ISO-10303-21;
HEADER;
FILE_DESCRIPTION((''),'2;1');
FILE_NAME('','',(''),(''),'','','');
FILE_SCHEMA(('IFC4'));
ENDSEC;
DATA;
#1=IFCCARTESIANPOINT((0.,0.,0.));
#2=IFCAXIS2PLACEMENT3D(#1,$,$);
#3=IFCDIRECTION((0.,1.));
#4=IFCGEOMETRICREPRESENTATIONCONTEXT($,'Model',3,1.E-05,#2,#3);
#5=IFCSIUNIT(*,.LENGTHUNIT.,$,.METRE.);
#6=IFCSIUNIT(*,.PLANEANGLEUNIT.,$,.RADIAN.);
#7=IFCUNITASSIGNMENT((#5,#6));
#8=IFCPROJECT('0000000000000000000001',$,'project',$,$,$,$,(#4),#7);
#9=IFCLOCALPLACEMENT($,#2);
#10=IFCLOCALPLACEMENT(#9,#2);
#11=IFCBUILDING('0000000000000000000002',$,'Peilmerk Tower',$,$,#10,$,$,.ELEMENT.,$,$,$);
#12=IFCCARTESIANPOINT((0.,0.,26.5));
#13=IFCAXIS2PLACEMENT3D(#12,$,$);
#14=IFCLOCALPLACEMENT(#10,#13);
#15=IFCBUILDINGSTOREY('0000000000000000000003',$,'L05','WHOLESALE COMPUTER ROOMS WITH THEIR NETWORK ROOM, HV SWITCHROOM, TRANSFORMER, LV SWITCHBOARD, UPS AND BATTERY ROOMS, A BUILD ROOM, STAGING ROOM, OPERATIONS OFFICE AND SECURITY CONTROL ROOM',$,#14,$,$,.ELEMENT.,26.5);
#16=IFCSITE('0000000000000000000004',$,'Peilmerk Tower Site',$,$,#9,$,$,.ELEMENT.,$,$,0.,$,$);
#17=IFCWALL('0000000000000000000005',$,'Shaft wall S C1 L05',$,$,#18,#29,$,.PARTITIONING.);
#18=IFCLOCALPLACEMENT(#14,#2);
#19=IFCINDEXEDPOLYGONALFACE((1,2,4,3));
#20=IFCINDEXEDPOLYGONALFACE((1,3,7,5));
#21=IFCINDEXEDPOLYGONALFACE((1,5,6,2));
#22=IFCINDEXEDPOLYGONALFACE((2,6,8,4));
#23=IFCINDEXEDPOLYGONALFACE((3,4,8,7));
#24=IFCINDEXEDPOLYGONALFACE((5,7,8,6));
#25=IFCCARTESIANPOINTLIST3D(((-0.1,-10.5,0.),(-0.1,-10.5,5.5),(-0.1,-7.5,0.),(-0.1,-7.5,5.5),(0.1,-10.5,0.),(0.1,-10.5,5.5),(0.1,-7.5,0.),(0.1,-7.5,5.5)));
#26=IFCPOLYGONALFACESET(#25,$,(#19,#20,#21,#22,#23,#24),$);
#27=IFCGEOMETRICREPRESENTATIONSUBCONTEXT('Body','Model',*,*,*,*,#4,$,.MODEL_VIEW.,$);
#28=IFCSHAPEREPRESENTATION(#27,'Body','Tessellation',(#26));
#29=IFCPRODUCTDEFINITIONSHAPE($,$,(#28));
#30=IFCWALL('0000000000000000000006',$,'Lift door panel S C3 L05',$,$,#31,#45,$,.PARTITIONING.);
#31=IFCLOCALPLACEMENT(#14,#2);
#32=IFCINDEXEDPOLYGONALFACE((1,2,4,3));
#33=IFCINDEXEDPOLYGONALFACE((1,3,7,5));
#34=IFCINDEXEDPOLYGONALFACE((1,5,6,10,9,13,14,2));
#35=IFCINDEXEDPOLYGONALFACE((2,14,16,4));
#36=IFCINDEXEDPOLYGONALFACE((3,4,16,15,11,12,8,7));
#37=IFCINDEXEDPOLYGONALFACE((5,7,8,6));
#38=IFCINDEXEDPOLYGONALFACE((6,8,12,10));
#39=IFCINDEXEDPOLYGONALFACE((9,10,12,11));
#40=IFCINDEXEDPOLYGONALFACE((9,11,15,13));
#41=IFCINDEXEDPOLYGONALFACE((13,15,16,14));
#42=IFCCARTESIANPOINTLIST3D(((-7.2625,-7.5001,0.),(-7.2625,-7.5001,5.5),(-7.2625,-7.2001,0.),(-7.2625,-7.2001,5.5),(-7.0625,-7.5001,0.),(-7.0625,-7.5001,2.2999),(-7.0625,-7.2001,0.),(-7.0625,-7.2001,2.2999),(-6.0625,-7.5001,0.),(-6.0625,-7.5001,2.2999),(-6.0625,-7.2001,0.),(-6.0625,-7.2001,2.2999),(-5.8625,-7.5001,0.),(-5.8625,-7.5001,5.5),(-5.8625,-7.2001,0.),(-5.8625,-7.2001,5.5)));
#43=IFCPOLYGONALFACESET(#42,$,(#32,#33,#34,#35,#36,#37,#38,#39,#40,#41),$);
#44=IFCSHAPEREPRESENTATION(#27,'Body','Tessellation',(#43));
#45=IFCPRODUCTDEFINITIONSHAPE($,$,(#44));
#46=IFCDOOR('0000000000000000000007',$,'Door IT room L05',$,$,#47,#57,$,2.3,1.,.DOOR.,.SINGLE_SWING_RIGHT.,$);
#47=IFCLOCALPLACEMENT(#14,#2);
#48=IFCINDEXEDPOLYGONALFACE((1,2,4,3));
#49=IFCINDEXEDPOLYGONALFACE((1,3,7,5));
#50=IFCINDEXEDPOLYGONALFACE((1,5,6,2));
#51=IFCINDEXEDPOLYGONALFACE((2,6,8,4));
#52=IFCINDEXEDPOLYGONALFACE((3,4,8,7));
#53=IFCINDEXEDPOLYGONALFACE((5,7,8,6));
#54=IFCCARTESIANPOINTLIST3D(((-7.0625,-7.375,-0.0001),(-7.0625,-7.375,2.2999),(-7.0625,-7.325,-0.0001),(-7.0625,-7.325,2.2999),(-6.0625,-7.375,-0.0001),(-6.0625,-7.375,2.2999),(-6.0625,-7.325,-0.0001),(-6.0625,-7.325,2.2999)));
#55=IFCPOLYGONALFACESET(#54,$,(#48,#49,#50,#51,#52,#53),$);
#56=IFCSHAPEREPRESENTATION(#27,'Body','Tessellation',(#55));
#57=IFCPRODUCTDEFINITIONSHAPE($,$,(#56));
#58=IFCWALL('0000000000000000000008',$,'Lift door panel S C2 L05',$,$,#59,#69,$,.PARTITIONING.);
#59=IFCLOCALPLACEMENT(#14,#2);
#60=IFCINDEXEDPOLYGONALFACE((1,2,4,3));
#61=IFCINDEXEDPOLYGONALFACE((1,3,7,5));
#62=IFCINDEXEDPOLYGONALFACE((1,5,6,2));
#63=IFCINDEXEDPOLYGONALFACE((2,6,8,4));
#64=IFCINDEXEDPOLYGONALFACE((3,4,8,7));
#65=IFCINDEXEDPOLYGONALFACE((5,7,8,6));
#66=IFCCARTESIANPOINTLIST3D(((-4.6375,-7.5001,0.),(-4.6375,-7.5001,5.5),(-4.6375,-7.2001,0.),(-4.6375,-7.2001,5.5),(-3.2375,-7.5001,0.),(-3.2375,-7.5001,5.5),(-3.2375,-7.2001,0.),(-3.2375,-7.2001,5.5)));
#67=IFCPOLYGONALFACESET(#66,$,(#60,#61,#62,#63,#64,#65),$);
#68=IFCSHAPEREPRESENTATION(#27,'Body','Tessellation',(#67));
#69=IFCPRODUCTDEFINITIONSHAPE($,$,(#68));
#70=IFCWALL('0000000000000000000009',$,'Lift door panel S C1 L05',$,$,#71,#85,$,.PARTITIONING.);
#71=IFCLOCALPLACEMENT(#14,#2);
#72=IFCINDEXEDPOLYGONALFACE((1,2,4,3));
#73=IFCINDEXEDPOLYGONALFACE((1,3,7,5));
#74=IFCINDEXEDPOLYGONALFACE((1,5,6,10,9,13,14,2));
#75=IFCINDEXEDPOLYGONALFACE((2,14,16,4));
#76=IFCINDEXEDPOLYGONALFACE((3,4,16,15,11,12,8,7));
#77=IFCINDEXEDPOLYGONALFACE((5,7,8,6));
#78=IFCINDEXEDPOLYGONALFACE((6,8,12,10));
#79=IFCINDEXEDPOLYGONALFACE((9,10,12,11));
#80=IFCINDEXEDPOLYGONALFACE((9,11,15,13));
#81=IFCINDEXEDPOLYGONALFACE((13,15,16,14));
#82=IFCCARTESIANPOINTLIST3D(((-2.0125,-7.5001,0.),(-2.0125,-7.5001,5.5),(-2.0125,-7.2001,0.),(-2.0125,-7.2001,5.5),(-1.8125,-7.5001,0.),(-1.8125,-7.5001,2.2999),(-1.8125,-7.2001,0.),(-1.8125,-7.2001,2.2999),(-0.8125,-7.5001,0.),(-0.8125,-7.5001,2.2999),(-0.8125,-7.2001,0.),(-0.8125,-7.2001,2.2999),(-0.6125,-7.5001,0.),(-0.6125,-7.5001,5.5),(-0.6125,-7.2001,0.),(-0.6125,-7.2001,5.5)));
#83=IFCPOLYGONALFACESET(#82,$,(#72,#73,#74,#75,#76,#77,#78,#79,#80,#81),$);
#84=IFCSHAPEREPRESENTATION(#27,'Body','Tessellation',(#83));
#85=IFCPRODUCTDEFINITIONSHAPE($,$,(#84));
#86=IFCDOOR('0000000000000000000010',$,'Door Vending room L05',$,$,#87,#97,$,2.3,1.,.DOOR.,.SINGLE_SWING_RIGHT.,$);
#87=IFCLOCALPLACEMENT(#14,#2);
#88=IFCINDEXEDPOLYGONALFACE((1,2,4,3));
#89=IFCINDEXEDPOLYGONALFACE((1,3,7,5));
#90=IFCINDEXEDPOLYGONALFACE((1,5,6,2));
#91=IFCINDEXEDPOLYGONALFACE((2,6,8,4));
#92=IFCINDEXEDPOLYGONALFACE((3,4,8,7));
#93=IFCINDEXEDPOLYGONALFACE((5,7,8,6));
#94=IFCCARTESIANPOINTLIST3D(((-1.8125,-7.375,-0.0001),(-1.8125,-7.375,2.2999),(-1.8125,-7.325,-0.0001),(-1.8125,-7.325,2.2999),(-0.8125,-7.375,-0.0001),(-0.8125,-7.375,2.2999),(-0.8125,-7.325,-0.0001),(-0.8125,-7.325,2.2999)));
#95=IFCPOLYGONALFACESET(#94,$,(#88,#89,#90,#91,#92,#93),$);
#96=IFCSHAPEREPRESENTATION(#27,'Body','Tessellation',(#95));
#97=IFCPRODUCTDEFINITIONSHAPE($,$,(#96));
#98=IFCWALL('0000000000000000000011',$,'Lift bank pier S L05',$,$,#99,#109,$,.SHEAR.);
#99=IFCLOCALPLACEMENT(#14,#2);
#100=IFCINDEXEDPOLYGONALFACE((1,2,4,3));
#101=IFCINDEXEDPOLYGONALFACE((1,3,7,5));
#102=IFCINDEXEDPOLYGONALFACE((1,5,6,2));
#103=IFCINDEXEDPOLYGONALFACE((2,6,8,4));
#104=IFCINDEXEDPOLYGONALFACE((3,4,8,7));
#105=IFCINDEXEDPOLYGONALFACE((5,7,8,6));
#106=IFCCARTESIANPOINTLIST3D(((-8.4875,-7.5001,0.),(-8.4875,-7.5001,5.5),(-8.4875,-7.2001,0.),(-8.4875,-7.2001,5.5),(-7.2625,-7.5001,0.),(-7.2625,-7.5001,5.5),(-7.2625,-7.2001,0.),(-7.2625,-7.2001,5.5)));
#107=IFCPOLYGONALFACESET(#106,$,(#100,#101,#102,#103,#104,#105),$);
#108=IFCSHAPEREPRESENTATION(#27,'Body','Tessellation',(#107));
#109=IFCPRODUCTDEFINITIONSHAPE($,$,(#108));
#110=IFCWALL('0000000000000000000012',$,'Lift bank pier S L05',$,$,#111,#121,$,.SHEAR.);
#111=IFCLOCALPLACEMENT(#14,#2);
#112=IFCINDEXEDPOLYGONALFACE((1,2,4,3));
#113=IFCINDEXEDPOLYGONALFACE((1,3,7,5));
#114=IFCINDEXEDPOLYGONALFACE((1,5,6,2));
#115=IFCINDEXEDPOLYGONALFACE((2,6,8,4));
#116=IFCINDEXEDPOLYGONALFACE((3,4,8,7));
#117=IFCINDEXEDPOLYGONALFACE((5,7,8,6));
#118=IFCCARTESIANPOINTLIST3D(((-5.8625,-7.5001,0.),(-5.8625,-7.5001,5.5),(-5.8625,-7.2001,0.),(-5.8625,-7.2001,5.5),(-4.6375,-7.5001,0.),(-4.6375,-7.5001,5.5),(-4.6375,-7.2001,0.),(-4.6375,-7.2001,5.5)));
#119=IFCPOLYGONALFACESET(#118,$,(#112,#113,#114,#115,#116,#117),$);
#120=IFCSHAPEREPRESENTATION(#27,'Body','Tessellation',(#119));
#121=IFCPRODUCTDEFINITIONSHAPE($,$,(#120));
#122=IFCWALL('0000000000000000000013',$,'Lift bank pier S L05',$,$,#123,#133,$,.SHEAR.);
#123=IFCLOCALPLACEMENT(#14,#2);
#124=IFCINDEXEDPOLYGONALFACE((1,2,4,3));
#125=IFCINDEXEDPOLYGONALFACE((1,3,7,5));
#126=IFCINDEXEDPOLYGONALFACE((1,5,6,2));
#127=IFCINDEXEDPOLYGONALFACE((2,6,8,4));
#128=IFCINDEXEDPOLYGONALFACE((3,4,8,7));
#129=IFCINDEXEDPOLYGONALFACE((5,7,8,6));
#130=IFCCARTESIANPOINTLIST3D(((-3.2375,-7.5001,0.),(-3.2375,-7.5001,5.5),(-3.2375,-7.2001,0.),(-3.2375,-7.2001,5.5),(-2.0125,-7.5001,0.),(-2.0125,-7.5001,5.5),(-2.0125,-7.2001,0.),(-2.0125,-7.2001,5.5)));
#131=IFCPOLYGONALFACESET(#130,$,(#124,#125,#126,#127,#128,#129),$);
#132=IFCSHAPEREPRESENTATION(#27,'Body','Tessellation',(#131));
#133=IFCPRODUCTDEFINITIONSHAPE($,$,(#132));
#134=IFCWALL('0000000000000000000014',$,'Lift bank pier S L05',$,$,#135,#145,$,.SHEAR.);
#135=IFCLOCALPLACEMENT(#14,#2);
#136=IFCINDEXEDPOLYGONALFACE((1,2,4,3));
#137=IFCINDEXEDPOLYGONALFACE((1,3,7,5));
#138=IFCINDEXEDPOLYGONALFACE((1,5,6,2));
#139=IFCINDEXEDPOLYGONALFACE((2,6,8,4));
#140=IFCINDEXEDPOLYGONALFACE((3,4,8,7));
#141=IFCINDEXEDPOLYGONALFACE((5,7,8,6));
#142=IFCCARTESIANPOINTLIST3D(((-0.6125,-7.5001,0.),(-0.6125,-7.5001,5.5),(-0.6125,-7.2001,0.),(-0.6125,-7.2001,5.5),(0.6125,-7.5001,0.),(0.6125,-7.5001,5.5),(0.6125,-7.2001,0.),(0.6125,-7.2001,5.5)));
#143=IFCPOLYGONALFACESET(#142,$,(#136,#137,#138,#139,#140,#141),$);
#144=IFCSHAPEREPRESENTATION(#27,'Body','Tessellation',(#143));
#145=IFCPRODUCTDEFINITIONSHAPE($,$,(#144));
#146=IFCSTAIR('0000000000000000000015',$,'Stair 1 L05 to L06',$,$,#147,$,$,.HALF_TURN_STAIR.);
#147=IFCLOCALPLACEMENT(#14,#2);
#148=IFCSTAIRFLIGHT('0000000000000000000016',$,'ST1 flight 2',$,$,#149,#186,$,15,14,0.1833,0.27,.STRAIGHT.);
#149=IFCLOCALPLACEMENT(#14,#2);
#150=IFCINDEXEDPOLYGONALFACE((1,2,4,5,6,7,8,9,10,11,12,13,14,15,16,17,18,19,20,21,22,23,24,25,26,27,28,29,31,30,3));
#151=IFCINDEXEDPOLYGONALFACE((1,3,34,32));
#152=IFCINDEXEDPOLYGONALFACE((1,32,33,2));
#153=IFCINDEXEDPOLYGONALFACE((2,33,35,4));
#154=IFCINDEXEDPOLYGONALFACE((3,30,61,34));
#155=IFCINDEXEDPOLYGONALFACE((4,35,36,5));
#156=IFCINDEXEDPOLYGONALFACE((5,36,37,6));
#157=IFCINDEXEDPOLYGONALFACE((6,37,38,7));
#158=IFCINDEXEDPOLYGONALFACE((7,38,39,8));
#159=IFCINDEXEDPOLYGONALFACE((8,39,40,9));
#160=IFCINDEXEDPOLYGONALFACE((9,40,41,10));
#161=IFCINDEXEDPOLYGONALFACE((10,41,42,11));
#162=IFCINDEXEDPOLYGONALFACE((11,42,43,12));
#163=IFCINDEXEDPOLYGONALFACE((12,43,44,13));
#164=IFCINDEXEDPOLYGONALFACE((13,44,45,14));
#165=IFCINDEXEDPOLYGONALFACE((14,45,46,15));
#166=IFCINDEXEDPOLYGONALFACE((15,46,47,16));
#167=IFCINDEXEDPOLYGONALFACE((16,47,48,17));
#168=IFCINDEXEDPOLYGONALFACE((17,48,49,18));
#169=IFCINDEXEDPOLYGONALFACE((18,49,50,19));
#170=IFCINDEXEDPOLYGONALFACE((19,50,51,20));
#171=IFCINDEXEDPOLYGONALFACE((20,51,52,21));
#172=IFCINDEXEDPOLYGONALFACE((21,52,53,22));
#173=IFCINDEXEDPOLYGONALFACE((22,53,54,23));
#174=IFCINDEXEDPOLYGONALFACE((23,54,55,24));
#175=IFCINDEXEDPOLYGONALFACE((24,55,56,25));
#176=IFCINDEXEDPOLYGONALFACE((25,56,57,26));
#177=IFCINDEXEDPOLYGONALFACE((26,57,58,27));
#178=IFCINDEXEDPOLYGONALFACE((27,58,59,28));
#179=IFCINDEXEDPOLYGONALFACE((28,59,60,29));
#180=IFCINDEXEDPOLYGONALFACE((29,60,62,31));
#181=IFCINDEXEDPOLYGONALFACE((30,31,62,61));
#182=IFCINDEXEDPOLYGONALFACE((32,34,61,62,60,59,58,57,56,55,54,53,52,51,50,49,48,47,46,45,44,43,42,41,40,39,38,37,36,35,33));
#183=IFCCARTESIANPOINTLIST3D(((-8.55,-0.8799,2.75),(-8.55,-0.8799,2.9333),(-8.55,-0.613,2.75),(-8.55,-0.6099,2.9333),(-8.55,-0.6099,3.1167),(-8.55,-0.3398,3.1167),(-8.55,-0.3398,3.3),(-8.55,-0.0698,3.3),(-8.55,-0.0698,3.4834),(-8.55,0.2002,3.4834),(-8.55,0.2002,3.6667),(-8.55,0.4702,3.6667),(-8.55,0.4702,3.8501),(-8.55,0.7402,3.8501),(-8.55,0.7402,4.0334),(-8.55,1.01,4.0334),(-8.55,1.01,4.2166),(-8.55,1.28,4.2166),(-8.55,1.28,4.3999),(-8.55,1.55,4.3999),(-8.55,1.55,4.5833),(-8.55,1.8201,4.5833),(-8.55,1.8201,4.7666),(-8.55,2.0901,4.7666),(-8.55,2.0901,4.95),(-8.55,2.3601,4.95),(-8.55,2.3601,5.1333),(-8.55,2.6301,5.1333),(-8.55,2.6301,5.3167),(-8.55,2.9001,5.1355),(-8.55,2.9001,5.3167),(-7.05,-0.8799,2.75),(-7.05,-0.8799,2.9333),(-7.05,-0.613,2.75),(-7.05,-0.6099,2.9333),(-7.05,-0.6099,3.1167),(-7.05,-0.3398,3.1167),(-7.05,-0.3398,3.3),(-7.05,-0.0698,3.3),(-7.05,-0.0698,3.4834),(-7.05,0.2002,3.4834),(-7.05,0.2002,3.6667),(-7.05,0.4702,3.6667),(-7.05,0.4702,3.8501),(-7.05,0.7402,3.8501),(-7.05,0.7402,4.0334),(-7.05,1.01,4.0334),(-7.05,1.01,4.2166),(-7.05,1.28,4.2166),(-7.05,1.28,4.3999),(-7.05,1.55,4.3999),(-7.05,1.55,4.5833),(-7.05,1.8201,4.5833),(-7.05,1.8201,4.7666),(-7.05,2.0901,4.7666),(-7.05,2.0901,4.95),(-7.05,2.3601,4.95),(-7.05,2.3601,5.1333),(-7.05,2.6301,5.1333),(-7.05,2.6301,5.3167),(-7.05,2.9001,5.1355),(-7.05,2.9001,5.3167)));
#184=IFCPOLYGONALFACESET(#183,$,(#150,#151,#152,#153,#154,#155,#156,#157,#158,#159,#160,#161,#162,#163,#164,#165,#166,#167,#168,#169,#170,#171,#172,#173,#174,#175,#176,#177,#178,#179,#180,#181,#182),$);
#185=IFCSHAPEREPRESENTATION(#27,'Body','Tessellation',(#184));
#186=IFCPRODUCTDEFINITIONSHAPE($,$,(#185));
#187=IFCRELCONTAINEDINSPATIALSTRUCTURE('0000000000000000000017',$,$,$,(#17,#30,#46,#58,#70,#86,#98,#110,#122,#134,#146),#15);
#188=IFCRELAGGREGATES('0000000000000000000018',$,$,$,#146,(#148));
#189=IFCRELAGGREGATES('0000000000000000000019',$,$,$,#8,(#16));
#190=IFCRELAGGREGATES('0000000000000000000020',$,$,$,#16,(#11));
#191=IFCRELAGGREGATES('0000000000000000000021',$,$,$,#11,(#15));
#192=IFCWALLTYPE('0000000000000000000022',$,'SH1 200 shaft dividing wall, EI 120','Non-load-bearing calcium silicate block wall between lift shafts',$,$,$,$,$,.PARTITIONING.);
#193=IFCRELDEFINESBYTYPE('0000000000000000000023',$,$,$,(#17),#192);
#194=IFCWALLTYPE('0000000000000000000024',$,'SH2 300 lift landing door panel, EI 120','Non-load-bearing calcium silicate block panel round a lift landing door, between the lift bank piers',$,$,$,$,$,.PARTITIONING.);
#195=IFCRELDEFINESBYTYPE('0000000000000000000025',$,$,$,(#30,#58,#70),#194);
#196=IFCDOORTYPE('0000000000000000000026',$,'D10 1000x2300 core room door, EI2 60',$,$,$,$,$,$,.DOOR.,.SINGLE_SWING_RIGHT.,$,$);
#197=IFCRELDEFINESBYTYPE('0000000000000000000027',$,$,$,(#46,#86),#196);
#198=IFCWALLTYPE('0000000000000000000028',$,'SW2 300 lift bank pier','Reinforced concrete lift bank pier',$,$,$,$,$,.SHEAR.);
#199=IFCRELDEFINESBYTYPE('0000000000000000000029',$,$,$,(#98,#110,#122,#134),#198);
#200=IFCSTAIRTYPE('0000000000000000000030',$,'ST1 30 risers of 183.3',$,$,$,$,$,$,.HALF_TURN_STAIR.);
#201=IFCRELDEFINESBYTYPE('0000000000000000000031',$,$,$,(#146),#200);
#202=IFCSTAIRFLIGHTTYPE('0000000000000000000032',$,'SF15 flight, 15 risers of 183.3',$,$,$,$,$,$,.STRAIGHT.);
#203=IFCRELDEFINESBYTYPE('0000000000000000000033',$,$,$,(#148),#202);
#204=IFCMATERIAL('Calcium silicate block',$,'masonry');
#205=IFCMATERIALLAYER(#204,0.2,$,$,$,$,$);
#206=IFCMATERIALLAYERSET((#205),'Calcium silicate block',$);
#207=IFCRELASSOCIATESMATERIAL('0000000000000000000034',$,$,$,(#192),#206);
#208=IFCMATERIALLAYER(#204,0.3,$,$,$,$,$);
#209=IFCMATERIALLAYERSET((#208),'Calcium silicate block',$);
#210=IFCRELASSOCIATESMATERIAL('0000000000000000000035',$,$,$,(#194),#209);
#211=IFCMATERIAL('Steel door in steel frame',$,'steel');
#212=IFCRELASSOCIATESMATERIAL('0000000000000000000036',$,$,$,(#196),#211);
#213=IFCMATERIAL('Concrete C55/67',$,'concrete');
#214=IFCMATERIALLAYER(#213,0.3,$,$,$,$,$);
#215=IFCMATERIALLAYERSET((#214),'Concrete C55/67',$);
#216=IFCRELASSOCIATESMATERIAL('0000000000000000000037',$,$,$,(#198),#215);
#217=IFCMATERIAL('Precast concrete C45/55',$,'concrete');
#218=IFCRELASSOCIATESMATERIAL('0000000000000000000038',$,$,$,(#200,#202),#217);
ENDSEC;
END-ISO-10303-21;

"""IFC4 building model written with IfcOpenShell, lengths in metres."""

from ifc_helpers import new_model, si_unit, direction, frame, frame_2d, origin, place, context, subcontext, project, spatial, polyline, rectangle, outline, extrude, material, layer, layer_set, type_object, element, fill, aggregate, save


model = new_model("IFC4")

# Units and contexts
model_context = context("Model", 3, precision=1e-05, world=origin(), true_north=direction((0.0, 1.0)))
body_context = subcontext(model_context, "Body", "Model", "MODEL_VIEW")
ifc_project = project(units=[si_unit("LENGTHUNIT", "METRE"), si_unit("PLANEANGLEUNIT", "RADIAN")], contexts=[model_context])

# Site, building, storey
site_placement = place(None, origin())
site = spatial("IfcSite", under=ifc_project, at=site_placement, Name="Peilmerk Tower Site", CompositionType="ELEMENT", RefElevation=0.0)
building_placement = place(site_placement, origin())
building = spatial("IfcBuilding", under=site, at=building_placement, Name="Peilmerk Tower", CompositionType="ELEMENT")
storey_placement = place(building_placement, frame((0.0, 0.0, 26.5)))
storey = spatial("IfcBuildingStorey", under=building, at=storey_placement, Name="L05", Description="WHOLESALE COMPUTER ROOMS WITH THEIR NETWORK ROOM, HV SWITCHROOM, TRANSFORMER, LV SWITCHBOARD, UPS AND BATTERY ROOMS, A BUILD ROOM, STAGING ROOM, OPERATIONS OFFICE AND SECURITY CONTROL ROOM", CompositionType="ELEMENT", Elevation=26.5)

# Wall
ifc_material_1 = material(Name="Calcium silicate block", Category="masonry")
ifc_layer_1 = layer(ifc_material_1, 0.2)
ifc_layer_set_1 = layer_set([ifc_layer_1], Name="Calcium silicate block")
wall_type_1 = type_object("IfcWallType", Name="SH1 200 shaft dividing wall, EI 120", Description="Non-load-bearing calcium silicate block wall between lift shafts", PredefinedType="PARTITIONING", material=ifc_layer_set_1)
for number, where, z_axis, x_axis, name in (
    (1, (0.0, -10.5, 0.0), (0.0, 0.0, 1.0), (0.0, 1.0, 0.0), "Shaft wall S C1 L05"),
):
    element("IfcWall", number, at=place(storey_placement, frame(where, z_axis=z_axis, x_axis=x_axis)), inside=storey, type_object=wall_type_1, Name=name, PredefinedType="PARTITIONING", context=body_context, shape_type="SweptSolid", body=[
        extrude(rectangle(XDim=3.0, YDim=0.2, at=frame_2d((1.5, 0.0))), origin(), (0.0, 0.0, 1.0), 5.5),
    ])

# Wall, opening, door
ifc_layer_2 = layer(ifc_material_1, 0.3)
ifc_layer_set_2 = layer_set([ifc_layer_2], Name="Calcium silicate block")
wall_type_2 = type_object("IfcWallType", Name="SH2 300 lift landing door panel, EI 120", Description="Non-load-bearing calcium silicate block panel round a lift landing door, between the lift bank piers", PredefinedType="PARTITIONING", material=ifc_layer_set_2)
wall_1_placement = place(storey_placement, frame((-7.2625, -7.3501, 0.0), z_axis=(0.0, 0.0, 1.0), x_axis=(1.0, 0.0, 0.0)))
wall_1 = element("IfcWall", 2, at=wall_1_placement, inside=storey, type_object=wall_type_2, Name="Lift door panel S C3 L05", PredefinedType="PARTITIONING", context=body_context, shape_type="SweptSolid", body=[
    extrude(rectangle(XDim=1.3999, YDim=0.3, at=frame_2d((0.7, 0.0))), origin(), (0.0, 0.0, 1.0), 5.5),
])
opening_1_placement = place(wall_1_placement, frame((0.2, 0.0, 0.0)))
opening_1 = element("IfcOpeningElement", 3, at=opening_1_placement, cuts=wall_1, PredefinedType="OPENING", context=body_context, shape_type="SweptSolid", body=[
    extrude(rectangle(XDim=1.0, YDim=2.3, at=frame_2d((0.5, 1.1499))), frame((0.0, 0.1599, 0.0), z_axis=(0.0, -1.0, 0.0), x_axis=(1.0, 0.0, 0.0)), (0.0, 0.0, 1.0), 0.3201),
])
ifc_material_2 = material(Name="Steel door in steel frame", Category="steel")
door_type = type_object("IfcDoorType", Name="D10 1000x2300 core room door, EI2 60", OperationType="SINGLE_SWING_RIGHT", PredefinedType="DOOR", material=ifc_material_2)
door_1_placement = place(opening_1_placement, frame((1.0, 0.0, 0.0), z_axis=(0.0, 0.0, 1.0), x_axis=(-1.0, 0.0, 0.0)))
door_1 = element("IfcDoor", 4, at=door_1_placement, inside=storey, type_object=door_type, Name="Door IT room L05", OperationType="SINGLE_SWING_RIGHT", OverallHeight=2.3, OverallWidth=1.0, PredefinedType="DOOR", context=body_context, shape_type="SweptSolid", body=[
    extrude(rectangle(XDim=1.0, YDim=2.3, at=frame_2d((0.5, 1.1499))), frame((0.0, 0.0249, 0.0), z_axis=(0.0, -1.0, 0.0), x_axis=(1.0, 0.0, 0.0)), (0.0, 0.0, 1.0), 0.05),
])
fill(opening_1, door_1)

# Wall
wall_2_placement = place(storey_placement, frame((-4.6375, -7.3501, 0.0), z_axis=(0.0, 0.0, 1.0), x_axis=(1.0, 0.0, 0.0)))
element("IfcWall", 5, at=wall_2_placement, inside=storey, type_object=wall_type_2, Name="Lift door panel S C2 L05", PredefinedType="PARTITIONING", context=body_context, shape_type="SweptSolid", body=[
    extrude(rectangle(XDim=1.3999, YDim=0.3, at=frame_2d((0.7, 0.0))), origin(), (0.0, 0.0, 1.0), 5.5),
])

# Wall, opening, door
wall_3_placement = place(storey_placement, frame((-2.0125, -7.3501, 0.0), z_axis=(0.0, 0.0, 1.0), x_axis=(1.0, 0.0, 0.0)))
wall_3 = element("IfcWall", 6, at=wall_3_placement, inside=storey, type_object=wall_type_2, Name="Lift door panel S C1 L05", PredefinedType="PARTITIONING", context=body_context, shape_type="SweptSolid", body=[
    extrude(rectangle(XDim=1.3999, YDim=0.3, at=frame_2d((0.7, 0.0))), origin(), (0.0, 0.0, 1.0), 5.5),
])
opening_2_placement = place(wall_3_placement, frame((0.2, 0.0, 0.0)))
opening_2 = element("IfcOpeningElement", 7, at=opening_2_placement, cuts=wall_3, PredefinedType="OPENING", context=body_context, shape_type="SweptSolid", body=[
    extrude(rectangle(XDim=1.0, YDim=2.3, at=frame_2d((0.5, 1.1499))), frame((0.0, 0.1599, 0.0), z_axis=(0.0, -1.0, 0.0), x_axis=(1.0, 0.0, 0.0)), (0.0, 0.0, 1.0), 0.3201),
])
door_2_placement = place(opening_2_placement, frame((1.0, 0.0, 0.0), z_axis=(0.0, 0.0, 1.0), x_axis=(-1.0, 0.0, 0.0)))
door_2 = element("IfcDoor", 8, at=door_2_placement, inside=storey, type_object=door_type, Name="Door Vending room L05", OperationType="SINGLE_SWING_RIGHT", OverallHeight=2.3, OverallWidth=1.0, PredefinedType="DOOR", context=body_context, shape_type="SweptSolid", body=[
    extrude(rectangle(XDim=1.0, YDim=2.3, at=frame_2d((0.5, 1.1499))), frame((0.0, 0.0249, 0.0), z_axis=(0.0, -1.0, 0.0), x_axis=(1.0, 0.0, 0.0)), (0.0, 0.0, 1.0), 0.05),
])
fill(opening_2, door_2)

# Walls
ifc_material_3 = material(Name="Concrete C55/67", Category="concrete")
ifc_layer_3 = layer(ifc_material_3, 0.3)
ifc_layer_set_3 = layer_set([ifc_layer_3], Name="Concrete C55/67")
wall_type_3 = type_object("IfcWallType", Name="SW2 300 lift bank pier", Description="Reinforced concrete lift bank pier", PredefinedType="SHEAR", material=ifc_layer_set_3)
for number, where, z_axis, x_axis, name in (
    (9, (-8.4875, -7.3501, 0.0), (0.0, 0.0, 1.0), (1.0, 0.0, 0.0), "Lift bank pier S L05"),
    (10, (-5.8625, -7.3501, 0.0), (0.0, 0.0, 1.0), (1.0, 0.0, 0.0), "Lift bank pier S L05"),
    (11, (-3.2375, -7.3501, 0.0), (0.0, 0.0, 1.0), (1.0, 0.0, 0.0), "Lift bank pier S L05"),
    (12, (-0.6125, -7.3501, 0.0), (0.0, 0.0, 1.0), (1.0, 0.0, 0.0), "Lift bank pier S L05"),
):
    element("IfcWall", number, at=place(storey_placement, frame(where, z_axis=z_axis, x_axis=x_axis)), inside=storey, type_object=wall_type_3, Name=name, PredefinedType="SHEAR", context=body_context, shape_type="SweptSolid", body=[
        extrude(rectangle(XDim=1.2251, YDim=0.3, at=frame_2d((0.6125, 0.0))), origin(), (0.0, 0.0, 1.0), 5.5),
    ])

# Stair, stair flight
ifc_material_4 = material(Name="Precast concrete C45/55", Category="concrete")
stair_type = type_object("IfcStairType", Name="ST1 30 risers of 183.3", PredefinedType="HALF_TURN_STAIR", material=ifc_material_4)
stair_placement = place(storey_placement, origin())
stair = element("IfcStair", 13, at=stair_placement, inside=storey, type_object=stair_type, Name="Stair 1 L05 to L06", PredefinedType="HALF_TURN_STAIR")
stair_flight_type = type_object("IfcStairFlightType", Name="SF15 flight, 15 risers of 183.3", PredefinedType="STRAIGHT", material=ifc_material_4)
stair_flight_placement = place(storey_placement, frame((-7.8, -0.8799, 2.75), z_axis=(0.0, 0.0, 1.0), x_axis=(0.0, 1.0, 0.0)))
stair_flight = element("IfcStairFlight", 14, at=stair_flight_placement, type_object=stair_flight_type, Name="ST1 flight 2", NumberOfRisers=15, NumberOfTreads=14, PredefinedType="STRAIGHT", RiserHeight=0.1833, TreadLength=0.27, context=body_context, shape_type="SweptSolid", body=[
    extrude(outline(polyline([(0.0, 0.0), (0.0, 0.1833), (0.27, 0.1833), (0.27, 0.3667), (0.54, 0.3667), (0.54, 0.55), (0.8101, 0.55), (0.8101, 0.7334), (1.0801, 0.7334), (1.0801, 0.9167), (1.3501, 0.9167), (1.3501, 1.1001), (1.6201, 1.1001), (1.6201, 1.2834), (1.8899, 1.2834), (1.8899, 1.4666), (2.1599, 1.4666), (2.1599, 1.6499), (2.4299, 1.6499), (2.4299, 1.8333), (2.7, 1.8333), (2.7, 2.0166), (2.97, 2.0166), (2.97, 2.2), (3.24, 2.2), (3.24, 2.3833), (3.51, 2.3833), (3.51, 2.5667), (3.78, 2.5667), (3.78, 2.75), (3.78, 2.3855), (0.2668, 0.0), (0.0, 0.0)])), frame((0.0, 0.75, 0.0), z_axis=(0.0, -1.0, 0.0), x_axis=(1.0, 0.0, 0.0)), (0.0, 0.0, 1.0), 1.5),
])
aggregate(stair, [stair_flight])

save(model, "model.ifc")
